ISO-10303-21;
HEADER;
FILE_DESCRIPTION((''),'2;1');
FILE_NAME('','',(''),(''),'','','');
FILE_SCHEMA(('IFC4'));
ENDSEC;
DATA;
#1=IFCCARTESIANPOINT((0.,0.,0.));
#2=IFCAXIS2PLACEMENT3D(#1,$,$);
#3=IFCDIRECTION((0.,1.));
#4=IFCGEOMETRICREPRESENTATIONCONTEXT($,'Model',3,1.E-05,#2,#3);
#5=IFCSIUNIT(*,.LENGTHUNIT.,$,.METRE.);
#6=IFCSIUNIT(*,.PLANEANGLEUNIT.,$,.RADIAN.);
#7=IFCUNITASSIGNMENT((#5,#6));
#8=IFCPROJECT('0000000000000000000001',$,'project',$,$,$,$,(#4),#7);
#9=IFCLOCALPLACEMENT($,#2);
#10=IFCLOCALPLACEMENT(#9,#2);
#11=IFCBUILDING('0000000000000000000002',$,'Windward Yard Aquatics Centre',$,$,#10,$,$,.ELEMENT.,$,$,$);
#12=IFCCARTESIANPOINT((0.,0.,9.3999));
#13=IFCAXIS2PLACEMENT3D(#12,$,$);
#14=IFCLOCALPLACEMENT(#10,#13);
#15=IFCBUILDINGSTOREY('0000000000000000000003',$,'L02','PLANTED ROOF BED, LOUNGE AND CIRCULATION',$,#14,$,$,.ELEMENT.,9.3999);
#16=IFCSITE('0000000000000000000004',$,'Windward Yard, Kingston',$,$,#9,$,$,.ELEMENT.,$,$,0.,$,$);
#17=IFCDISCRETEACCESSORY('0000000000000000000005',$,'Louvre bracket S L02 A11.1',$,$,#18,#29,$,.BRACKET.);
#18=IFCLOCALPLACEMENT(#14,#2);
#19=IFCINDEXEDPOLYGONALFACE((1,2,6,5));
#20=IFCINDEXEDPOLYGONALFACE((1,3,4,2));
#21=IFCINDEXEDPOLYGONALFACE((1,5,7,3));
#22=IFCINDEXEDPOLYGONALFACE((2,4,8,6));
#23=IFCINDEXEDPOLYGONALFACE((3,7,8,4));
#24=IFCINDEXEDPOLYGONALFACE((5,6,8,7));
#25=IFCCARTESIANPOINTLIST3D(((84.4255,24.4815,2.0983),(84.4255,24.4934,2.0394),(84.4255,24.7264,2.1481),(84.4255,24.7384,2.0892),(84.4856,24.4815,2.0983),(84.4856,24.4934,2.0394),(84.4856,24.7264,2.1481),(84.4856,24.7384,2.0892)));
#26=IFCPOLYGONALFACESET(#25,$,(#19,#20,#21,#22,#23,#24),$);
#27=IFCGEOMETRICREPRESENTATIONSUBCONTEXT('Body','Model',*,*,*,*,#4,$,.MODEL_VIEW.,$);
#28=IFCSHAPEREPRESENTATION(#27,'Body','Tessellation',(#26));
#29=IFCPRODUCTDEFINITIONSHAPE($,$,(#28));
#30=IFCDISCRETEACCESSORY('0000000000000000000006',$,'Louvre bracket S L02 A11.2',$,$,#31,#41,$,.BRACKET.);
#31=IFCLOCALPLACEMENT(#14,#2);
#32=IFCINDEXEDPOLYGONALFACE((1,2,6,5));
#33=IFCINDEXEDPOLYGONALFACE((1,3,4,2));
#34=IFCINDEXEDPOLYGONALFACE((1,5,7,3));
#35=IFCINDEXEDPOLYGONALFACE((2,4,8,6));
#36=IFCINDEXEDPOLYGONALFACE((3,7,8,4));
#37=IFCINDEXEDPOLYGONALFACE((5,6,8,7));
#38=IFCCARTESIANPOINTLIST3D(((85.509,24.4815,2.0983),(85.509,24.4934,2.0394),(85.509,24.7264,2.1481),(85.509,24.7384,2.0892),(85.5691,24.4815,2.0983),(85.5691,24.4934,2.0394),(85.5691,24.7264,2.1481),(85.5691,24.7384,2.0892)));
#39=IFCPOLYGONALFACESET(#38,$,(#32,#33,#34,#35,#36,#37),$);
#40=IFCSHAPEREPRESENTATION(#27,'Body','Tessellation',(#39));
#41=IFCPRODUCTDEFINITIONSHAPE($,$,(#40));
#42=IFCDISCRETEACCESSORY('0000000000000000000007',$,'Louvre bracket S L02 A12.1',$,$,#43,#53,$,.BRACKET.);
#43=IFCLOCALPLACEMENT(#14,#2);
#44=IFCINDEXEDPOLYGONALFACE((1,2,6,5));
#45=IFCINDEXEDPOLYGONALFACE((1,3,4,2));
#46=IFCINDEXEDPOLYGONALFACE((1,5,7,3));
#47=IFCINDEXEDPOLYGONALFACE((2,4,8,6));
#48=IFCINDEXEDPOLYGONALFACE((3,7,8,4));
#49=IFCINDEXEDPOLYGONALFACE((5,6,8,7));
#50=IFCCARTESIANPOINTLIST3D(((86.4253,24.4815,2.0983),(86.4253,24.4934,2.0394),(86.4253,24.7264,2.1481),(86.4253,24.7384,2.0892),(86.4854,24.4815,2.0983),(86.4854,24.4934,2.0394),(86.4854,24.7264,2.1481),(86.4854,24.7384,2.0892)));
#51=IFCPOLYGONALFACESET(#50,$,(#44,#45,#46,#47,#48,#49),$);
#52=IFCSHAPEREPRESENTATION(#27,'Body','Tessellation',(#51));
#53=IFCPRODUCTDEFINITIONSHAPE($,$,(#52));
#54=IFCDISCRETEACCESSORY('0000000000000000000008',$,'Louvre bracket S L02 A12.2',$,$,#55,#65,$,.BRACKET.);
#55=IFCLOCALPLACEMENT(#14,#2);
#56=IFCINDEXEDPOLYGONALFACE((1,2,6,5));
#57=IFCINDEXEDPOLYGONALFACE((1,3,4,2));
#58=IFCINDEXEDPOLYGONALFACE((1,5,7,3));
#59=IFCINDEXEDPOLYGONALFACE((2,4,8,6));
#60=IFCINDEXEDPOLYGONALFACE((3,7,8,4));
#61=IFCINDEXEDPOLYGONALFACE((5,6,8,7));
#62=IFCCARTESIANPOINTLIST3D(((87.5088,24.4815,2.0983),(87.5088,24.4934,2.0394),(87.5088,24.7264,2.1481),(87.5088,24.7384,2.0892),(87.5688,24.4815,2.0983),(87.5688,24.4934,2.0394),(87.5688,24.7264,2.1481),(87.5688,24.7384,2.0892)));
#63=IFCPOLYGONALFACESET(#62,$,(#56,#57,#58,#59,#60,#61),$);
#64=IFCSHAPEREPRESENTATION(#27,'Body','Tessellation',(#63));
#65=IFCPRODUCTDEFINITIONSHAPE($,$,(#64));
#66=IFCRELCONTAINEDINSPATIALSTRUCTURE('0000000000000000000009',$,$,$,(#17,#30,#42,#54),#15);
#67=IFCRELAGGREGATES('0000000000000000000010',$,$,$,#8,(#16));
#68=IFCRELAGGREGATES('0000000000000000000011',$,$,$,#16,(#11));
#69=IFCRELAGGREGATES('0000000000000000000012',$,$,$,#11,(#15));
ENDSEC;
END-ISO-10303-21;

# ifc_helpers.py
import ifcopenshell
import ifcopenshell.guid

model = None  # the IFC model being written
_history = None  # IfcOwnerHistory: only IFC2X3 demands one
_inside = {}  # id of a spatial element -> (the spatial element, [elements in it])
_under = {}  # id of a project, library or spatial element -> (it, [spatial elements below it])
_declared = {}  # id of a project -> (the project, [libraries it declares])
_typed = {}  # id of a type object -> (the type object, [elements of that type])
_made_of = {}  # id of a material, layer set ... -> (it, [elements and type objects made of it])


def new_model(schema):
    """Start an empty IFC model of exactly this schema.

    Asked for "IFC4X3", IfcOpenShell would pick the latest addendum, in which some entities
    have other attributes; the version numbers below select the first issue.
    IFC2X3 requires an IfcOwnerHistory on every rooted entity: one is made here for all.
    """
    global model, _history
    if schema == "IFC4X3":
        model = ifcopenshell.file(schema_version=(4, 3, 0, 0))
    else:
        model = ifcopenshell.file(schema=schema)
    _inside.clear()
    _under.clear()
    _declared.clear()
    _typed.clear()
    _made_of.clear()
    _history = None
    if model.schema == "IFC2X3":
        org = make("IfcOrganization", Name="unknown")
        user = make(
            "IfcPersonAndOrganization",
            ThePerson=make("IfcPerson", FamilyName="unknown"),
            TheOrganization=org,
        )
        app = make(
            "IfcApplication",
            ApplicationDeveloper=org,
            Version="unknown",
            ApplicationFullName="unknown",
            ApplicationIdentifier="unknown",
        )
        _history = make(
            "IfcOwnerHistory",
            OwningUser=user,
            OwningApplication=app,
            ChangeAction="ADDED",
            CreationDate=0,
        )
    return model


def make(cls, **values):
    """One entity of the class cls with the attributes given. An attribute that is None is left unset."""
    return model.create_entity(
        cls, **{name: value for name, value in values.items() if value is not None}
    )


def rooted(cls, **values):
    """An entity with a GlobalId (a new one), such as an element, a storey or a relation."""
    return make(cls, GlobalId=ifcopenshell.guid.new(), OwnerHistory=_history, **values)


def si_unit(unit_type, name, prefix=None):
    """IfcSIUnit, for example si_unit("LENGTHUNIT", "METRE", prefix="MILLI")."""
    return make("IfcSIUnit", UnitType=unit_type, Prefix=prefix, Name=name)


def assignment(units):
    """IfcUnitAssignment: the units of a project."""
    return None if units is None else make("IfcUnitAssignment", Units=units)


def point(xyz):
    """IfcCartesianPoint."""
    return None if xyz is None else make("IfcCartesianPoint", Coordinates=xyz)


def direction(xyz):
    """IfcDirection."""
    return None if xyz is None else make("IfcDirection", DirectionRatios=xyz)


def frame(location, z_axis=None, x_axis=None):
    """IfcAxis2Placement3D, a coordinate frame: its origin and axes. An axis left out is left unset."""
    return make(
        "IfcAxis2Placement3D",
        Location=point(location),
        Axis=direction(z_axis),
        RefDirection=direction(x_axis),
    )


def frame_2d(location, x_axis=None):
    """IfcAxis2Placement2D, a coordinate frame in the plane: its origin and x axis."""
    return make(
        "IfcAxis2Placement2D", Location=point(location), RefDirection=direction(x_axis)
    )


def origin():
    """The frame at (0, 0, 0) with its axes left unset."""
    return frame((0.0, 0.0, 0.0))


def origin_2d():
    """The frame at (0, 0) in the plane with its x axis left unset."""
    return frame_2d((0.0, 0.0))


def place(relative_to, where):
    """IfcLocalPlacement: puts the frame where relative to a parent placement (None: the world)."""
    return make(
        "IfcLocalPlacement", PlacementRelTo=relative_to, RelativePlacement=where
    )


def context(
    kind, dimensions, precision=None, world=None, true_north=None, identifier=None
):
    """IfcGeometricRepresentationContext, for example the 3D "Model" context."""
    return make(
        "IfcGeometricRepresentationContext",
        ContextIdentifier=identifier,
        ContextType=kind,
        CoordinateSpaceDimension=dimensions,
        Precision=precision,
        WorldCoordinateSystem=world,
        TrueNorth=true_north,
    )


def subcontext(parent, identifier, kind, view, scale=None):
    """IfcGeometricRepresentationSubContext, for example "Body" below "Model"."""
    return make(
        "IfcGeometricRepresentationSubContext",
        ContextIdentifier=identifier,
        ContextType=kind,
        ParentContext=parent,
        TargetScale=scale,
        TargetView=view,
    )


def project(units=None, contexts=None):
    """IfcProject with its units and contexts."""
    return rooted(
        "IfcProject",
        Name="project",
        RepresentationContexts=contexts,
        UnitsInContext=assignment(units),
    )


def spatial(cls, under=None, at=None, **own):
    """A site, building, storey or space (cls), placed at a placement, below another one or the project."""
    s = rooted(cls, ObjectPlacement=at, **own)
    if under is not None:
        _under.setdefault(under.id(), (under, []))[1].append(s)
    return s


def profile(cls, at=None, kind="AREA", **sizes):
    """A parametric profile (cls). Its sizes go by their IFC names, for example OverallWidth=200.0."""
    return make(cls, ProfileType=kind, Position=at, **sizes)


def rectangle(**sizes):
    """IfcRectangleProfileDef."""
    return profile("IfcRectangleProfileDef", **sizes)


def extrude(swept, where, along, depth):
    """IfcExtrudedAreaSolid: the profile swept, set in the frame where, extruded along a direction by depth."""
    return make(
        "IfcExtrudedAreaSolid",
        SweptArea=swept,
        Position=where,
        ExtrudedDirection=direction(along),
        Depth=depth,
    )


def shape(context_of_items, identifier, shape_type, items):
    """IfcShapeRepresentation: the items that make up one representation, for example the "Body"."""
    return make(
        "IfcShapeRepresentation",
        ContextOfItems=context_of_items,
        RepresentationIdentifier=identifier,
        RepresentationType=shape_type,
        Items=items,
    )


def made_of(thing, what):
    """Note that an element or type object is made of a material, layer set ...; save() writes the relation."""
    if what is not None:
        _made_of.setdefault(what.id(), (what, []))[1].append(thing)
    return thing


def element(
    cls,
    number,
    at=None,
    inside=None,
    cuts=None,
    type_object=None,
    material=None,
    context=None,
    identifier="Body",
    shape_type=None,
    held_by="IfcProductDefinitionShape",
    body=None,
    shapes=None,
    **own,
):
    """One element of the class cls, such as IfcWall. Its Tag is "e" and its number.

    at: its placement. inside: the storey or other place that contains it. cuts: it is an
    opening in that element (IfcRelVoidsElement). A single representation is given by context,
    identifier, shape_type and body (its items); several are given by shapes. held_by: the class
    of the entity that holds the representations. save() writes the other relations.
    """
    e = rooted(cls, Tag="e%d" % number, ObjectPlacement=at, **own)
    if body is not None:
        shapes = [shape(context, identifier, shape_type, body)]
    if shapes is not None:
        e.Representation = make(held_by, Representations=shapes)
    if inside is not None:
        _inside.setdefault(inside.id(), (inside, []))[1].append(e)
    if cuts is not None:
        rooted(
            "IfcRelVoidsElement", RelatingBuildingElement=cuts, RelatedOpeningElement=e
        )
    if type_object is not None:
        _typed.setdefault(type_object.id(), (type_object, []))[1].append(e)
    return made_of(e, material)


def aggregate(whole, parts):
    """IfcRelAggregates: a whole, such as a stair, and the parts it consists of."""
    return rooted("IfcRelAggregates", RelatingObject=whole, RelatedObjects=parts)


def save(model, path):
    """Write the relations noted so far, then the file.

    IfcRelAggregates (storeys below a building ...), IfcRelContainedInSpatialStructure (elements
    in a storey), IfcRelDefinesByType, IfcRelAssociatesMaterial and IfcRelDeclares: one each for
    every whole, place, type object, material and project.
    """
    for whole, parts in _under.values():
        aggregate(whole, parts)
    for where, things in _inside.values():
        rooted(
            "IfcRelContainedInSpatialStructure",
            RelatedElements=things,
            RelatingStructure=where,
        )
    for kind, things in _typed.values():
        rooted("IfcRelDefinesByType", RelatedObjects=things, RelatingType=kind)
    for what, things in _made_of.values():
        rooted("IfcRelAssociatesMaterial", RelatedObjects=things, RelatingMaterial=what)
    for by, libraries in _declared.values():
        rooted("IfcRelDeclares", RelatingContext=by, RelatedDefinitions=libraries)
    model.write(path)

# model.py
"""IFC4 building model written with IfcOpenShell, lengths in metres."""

from ifc_helpers import new_model, si_unit, direction, frame, origin, origin_2d, place, context, subcontext, project, spatial, rectangle, extrude, element, save


model = new_model("IFC4")

# Units and contexts
model_context = context("Model", 3, precision=1e-05, world=origin(), true_north=direction((0.0, 1.0)))
body_context = subcontext(model_context, "Body", "Model", "MODEL_VIEW")
ifc_project = project(units=[si_unit("LENGTHUNIT", "METRE"), si_unit("PLANEANGLEUNIT", "RADIAN")], contexts=[model_context])

# Site, building, storey
site_placement = place(None, origin())
site = spatial("IfcSite", under=ifc_project, at=site_placement, Name="Windward Yard, Kingston", CompositionType="ELEMENT", RefElevation=0.0)
building_placement = place(site_placement, origin())
building = spatial("IfcBuilding", under=site, at=building_placement, Name="Windward Yard Aquatics Centre", CompositionType="ELEMENT")
storey_placement = place(building_placement, frame((0.0, 0.0, 9.3999)))
storey = spatial("IfcBuildingStorey", under=building, at=storey_placement, Name="L02", Description="PLANTED ROOF BED, LOUNGE AND CIRCULATION", CompositionType="ELEMENT", Elevation=9.3999)

# Discrete accessories
for number, where, z_axis, x_axis, name in (
    (1, (84.4556, 24.7324, 2.1187), (0.0, -0.979937, -0.199309), (1.0, 0.0, 0.0), "Louvre bracket S L02 A11.1"),
    (2, (85.5391, 24.7324, 2.1187), (0.0, -0.979937, -0.199309), (1.0, 0.0, 0.0), "Louvre bracket S L02 A11.2"),
    (3, (86.4553, 24.7324, 2.1187), (0.0, -0.979937, -0.199309), (1.0, 0.0, 0.0), "Louvre bracket S L02 A12.1"),
    (4, (87.5388, 24.7324, 2.1187), (0.0, -0.979937, -0.199309), (1.0, 0.0, 0.0), "Louvre bracket S L02 A12.2"),
):
    element("IfcDiscreteAccessory", number, at=place(storey_placement, frame(where, z_axis=z_axis, x_axis=x_axis)), inside=storey, Name=name, PredefinedType="BRACKET", context=body_context, shape_type="SweptSolid", body=[
        extrude(rectangle(XDim=0.0601, YDim=0.0601, at=origin_2d()), origin(), (0.0, 0.0, 1.0), 0.25),
    ])

save(model, "model.ifc")
